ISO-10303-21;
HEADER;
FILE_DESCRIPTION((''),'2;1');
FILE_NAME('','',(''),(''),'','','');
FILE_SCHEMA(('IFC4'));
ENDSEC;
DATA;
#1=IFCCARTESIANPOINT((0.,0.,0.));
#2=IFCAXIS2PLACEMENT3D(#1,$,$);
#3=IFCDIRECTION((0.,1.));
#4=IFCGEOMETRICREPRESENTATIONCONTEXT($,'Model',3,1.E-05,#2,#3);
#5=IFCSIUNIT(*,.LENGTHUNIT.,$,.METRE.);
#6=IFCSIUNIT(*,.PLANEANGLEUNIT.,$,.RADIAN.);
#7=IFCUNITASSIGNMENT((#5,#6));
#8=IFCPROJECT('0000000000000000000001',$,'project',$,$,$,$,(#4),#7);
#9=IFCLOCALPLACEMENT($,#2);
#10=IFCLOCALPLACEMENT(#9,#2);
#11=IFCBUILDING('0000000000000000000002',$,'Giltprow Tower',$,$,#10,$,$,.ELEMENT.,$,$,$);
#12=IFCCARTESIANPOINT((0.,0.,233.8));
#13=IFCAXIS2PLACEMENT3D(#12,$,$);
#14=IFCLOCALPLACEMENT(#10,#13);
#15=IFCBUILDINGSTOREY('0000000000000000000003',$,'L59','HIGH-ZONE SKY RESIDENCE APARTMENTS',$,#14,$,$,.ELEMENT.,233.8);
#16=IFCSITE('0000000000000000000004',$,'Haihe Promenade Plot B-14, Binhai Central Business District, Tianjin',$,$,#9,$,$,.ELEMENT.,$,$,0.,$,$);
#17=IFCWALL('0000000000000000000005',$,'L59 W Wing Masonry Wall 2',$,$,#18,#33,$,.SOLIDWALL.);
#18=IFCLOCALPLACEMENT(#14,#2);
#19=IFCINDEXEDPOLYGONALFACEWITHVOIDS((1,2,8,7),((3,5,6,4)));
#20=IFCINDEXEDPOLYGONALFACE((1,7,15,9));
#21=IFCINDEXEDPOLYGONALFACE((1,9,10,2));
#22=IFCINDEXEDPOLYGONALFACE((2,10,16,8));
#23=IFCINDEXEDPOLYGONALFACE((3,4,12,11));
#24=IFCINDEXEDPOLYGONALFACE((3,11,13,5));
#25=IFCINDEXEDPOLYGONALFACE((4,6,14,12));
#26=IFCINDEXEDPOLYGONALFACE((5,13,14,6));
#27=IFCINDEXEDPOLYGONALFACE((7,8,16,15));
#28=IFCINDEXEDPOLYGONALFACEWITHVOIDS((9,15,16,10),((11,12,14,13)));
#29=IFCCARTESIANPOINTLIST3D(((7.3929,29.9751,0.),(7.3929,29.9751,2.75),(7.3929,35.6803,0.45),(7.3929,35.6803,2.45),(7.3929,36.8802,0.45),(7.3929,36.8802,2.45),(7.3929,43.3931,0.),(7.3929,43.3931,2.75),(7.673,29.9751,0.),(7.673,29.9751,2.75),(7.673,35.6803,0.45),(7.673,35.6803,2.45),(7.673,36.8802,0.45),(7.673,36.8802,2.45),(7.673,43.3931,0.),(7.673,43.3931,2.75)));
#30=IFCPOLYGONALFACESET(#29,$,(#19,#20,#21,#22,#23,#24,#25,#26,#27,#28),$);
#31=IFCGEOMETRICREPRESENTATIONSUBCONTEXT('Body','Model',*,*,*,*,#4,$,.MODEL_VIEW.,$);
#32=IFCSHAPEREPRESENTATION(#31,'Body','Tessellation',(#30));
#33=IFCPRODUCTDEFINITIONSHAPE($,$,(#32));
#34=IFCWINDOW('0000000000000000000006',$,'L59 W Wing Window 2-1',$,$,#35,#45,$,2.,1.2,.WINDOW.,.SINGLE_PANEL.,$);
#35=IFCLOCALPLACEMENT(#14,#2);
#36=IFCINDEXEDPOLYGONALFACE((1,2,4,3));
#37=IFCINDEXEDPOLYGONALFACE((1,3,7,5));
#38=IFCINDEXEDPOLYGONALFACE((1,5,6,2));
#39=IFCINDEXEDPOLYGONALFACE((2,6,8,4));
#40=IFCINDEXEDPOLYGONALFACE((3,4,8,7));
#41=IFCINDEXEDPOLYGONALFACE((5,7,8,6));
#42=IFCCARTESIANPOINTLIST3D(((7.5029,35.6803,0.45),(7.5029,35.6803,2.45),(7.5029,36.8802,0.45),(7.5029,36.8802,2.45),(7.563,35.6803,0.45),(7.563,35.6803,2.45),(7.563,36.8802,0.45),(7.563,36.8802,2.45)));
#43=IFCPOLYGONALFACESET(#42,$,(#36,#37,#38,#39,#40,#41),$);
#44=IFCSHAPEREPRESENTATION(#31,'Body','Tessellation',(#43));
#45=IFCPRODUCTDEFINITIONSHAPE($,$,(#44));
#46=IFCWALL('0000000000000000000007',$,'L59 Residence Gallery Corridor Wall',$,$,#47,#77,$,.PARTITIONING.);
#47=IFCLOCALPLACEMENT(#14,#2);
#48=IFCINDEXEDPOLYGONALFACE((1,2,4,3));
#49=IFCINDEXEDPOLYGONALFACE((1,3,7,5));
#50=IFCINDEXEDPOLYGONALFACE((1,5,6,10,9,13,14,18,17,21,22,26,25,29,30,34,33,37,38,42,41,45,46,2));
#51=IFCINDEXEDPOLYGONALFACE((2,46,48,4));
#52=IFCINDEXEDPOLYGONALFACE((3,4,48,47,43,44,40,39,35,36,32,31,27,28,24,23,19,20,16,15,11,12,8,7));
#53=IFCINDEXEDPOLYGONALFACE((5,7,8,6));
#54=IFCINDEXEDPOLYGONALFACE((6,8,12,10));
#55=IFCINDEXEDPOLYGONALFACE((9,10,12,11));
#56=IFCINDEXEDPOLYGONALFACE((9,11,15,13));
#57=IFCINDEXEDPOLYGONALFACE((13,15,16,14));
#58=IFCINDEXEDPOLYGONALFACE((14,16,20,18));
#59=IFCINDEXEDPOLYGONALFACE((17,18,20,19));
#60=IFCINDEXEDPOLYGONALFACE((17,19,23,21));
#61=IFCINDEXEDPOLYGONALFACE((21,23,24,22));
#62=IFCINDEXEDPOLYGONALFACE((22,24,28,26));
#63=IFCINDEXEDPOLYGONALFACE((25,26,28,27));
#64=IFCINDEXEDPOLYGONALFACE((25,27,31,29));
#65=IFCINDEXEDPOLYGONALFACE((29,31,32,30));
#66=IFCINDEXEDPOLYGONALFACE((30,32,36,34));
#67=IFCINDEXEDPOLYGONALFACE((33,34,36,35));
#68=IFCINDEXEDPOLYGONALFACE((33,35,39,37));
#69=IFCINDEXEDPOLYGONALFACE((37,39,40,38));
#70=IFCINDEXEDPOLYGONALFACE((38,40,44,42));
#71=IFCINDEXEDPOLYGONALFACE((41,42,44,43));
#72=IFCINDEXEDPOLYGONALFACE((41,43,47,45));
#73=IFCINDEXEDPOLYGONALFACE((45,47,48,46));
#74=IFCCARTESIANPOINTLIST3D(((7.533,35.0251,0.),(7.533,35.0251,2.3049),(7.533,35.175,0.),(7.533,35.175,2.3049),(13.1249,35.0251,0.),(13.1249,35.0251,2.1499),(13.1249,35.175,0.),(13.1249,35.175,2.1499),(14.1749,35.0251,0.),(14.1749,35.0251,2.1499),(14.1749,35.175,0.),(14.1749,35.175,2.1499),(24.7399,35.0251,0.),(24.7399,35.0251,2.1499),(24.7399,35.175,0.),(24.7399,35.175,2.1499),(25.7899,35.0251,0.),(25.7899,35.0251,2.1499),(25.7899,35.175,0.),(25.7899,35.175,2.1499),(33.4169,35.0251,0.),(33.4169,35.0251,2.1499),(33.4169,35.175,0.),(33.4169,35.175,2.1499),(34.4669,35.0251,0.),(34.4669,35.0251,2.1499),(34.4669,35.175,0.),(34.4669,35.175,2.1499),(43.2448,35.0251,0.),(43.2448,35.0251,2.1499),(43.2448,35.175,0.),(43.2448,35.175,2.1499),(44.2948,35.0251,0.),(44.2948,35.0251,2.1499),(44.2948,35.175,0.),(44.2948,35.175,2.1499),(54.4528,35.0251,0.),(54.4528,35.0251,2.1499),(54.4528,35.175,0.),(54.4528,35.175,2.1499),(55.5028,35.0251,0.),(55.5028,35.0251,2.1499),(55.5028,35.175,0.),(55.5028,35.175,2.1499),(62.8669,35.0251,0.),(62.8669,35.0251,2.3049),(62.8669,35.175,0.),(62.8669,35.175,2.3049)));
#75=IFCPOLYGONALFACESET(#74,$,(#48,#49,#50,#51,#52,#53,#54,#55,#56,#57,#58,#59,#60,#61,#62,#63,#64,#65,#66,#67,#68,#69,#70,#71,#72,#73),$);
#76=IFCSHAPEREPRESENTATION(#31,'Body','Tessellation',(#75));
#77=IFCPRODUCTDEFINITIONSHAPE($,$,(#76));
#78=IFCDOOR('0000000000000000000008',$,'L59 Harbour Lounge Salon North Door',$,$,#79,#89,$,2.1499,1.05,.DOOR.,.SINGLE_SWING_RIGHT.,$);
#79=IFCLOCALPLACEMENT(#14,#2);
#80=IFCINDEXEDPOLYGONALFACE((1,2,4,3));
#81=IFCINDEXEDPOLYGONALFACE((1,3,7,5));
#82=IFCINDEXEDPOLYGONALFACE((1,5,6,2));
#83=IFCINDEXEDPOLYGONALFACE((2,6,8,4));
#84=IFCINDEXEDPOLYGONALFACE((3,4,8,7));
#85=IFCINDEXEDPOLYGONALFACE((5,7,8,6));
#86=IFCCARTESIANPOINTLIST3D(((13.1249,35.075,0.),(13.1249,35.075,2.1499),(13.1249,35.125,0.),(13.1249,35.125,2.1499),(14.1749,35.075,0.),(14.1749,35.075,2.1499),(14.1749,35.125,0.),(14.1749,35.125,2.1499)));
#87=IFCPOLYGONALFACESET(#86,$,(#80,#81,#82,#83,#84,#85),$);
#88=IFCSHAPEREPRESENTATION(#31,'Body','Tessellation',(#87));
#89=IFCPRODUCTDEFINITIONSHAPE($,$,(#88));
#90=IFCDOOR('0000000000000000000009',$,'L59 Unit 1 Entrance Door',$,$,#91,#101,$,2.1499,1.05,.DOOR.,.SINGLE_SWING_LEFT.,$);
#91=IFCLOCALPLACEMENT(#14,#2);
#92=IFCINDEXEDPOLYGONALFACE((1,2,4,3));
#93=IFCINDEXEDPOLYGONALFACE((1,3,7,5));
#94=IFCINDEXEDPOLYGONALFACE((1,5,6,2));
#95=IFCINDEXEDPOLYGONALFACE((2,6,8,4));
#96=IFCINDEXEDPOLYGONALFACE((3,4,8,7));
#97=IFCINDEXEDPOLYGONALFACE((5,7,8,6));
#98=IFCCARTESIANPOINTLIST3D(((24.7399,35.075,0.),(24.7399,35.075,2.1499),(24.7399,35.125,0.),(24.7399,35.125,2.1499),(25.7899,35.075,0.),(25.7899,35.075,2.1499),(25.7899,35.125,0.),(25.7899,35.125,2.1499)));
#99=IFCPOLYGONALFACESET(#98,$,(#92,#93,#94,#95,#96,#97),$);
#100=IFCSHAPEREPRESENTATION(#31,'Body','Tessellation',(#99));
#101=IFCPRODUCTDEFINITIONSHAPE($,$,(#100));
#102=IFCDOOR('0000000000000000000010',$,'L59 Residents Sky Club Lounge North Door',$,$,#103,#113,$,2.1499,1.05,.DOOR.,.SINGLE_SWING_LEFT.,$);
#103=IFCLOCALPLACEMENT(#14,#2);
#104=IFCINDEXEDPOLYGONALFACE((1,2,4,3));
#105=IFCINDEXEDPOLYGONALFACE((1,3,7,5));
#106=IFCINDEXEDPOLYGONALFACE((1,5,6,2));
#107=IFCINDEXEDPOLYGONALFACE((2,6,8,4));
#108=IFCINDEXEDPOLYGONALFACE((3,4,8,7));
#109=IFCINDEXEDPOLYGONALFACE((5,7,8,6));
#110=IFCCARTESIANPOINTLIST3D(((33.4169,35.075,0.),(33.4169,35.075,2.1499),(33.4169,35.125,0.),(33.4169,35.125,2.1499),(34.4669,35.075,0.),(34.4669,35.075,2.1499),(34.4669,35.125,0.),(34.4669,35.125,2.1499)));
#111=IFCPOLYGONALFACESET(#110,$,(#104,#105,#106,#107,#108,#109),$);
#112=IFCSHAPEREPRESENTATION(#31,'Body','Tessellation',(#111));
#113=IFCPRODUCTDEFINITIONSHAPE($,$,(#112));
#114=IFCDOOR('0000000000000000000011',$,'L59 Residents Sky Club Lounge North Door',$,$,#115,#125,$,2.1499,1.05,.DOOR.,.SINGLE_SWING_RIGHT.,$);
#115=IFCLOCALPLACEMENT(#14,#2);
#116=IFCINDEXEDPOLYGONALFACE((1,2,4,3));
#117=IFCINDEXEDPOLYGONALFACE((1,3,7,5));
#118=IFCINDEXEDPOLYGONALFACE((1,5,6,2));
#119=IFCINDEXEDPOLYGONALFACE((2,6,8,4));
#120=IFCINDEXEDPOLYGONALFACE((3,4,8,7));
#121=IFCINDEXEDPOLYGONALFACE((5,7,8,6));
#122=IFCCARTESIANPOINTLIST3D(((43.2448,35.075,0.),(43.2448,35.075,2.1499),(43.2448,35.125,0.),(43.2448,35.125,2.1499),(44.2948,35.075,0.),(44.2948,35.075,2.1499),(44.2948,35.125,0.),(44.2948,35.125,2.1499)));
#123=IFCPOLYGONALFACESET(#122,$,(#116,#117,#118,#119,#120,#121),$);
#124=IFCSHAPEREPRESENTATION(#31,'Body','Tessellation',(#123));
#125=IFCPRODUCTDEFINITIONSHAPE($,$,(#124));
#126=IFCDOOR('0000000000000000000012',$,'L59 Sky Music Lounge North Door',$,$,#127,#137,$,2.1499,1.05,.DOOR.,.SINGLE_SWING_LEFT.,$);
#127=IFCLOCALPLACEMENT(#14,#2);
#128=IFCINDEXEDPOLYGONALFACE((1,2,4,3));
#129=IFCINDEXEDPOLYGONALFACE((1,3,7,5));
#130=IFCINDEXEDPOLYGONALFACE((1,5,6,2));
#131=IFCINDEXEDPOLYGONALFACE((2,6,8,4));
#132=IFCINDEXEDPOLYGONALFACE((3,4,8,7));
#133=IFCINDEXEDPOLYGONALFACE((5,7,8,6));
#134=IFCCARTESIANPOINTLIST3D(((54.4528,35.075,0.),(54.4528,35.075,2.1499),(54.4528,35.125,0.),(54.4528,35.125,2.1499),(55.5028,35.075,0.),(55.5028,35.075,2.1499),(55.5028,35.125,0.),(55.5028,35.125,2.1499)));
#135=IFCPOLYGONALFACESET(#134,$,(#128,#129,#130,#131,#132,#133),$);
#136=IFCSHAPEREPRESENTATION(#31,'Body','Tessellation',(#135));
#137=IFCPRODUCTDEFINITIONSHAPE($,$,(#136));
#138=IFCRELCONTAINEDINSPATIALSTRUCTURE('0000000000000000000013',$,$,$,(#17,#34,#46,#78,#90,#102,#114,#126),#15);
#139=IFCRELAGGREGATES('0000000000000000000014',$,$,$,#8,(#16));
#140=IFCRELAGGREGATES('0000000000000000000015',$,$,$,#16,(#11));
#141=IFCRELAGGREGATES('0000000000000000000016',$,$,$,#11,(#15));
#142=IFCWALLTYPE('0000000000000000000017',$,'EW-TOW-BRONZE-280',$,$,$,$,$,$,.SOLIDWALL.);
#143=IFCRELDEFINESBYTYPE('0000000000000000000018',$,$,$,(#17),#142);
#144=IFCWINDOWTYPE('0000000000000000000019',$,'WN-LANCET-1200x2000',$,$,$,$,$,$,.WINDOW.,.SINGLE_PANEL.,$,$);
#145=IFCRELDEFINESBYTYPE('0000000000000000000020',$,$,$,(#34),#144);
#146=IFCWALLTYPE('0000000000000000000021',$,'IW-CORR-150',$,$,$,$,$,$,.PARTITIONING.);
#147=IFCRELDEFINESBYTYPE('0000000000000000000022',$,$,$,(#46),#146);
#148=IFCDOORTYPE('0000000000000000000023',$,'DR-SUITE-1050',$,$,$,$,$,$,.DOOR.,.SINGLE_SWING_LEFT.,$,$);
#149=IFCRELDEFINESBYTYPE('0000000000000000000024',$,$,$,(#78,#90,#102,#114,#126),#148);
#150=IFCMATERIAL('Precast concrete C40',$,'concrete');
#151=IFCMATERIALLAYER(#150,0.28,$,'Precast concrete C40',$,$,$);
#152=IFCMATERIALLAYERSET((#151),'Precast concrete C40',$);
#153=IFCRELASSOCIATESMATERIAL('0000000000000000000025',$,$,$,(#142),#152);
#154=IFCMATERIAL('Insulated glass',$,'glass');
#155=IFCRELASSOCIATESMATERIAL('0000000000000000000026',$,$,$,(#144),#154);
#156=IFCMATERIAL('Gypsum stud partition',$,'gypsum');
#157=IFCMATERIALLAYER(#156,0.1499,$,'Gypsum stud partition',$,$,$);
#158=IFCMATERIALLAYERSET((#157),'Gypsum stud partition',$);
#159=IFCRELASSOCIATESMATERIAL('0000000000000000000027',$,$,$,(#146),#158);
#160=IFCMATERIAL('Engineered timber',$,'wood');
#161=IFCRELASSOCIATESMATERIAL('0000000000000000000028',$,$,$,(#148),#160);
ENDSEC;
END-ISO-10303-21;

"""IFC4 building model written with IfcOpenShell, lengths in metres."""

from ifc_helpers import new_model, si_unit, direction, frame, frame_2d, origin, place, context, subcontext, project, spatial, rectangle, extrude, source, transform, mapped, material, layer, layer_set, type_object, element, fill, save


model = new_model("IFC4")

# Units and contexts
model_context = context("Model", 3, precision=1e-05, world=origin(), true_north=direction((0.0, 1.0)))
body_context = subcontext(model_context, "Body", "Model", "MODEL_VIEW")
ifc_project = project(units=[si_unit("LENGTHUNIT", "METRE"), si_unit("PLANEANGLEUNIT", "RADIAN")], contexts=[model_context])

# Site, building, storey
site_placement = place(None, origin())
site = spatial("IfcSite", under=ifc_project, at=site_placement, Name="Haihe Promenade Plot B-14, Binhai Central Business District, Tianjin", CompositionType="ELEMENT", RefElevation=0.0)
building_placement = place(site_placement, origin())
building = spatial("IfcBuilding", under=site, at=building_placement, Name="Giltprow Tower", CompositionType="ELEMENT")
storey_placement = place(building_placement, frame((0.0, 0.0, 233.8)))
storey = spatial("IfcBuildingStorey", under=building, at=storey_placement, Name="L59", Description="HIGH-ZONE SKY RESIDENCE APARTMENTS", CompositionType="ELEMENT", Elevation=233.8)

# Wall, opening, window
ifc_material_1 = material(Name="Precast concrete C40", Category="concrete")
ifc_layer_1 = layer(ifc_material_1, 0.28, Name="Precast concrete C40")
ifc_layer_set_1 = layer_set([ifc_layer_1], Name="Precast concrete C40")
wall_type_1 = type_object("IfcWallType", Name="EW-TOW-BRONZE-280", PredefinedType="SOLIDWALL", material=ifc_layer_set_1)
wall_1_placement = place(storey_placement, frame((7.533, 29.9751, 0.0), z_axis=(0.0, 0.0, 1.0), x_axis=(0.0, 1.0, 0.0)))
wall_1 = element("IfcWall", 1, at=wall_1_placement, inside=storey, type_object=wall_type_1, Name="L59 W Wing Masonry Wall 2", PredefinedType="SOLIDWALL", context=body_context, shape_type="SweptSolid", body=[
    extrude(rectangle(XDim=13.418, YDim=0.28, at=frame_2d((6.709, 0.0))), origin(), (0.0, 0.0, 1.0), 2.75),
])
opening_1_placement = place(wall_1_placement, frame((5.7051, 0.0, 0.45)))
opening_1 = element("IfcOpeningElement", 2, at=opening_1_placement, cuts=wall_1, PredefinedType="OPENING", context=body_context, shape_type="SweptSolid", body=[
    extrude(rectangle(XDim=1.2, YDim=2.0, at=frame_2d((0.6001, 1.0))), frame((0.0, 0.1499, 0.0), z_axis=(0.0, -1.0, 0.0), x_axis=(1.0, 0.0, 0.0)), (0.0, 0.0, 1.0), 0.3),
])
ifc_material_2 = material(Name="Insulated glass", Category="glass")
window_type = type_object("IfcWindowType", Name="WN-LANCET-1200x2000", PartitioningType="SINGLE_PANEL", PredefinedType="WINDOW", material=ifc_material_2)
shared_shape_1 = source(origin(), body_context, "Body", "SweptSolid", [
    extrude(rectangle(XDim=1.2, YDim=2.0, at=frame_2d((0.6001, 1.0))), frame((0.0, 0.03, 0.0), z_axis=(0.0, -1.0, 0.0), x_axis=(1.0, 0.0, 0.0)), (0.0, 0.0, 1.0), 0.0601),
])
window_placement = place(opening_1_placement, origin())
window = element("IfcWindow", 3, at=window_placement, inside=storey, type_object=window_type, Name="L59 W Wing Window 2-1", OverallHeight=2.0, OverallWidth=1.2, PartitioningType="SINGLE_PANEL", PredefinedType="WINDOW", context=body_context, shape_type="MappedRepresentation", body=[
    mapped(shared_shape_1, transform((0.0, 0.0, 0.0), x_axis=(1.0, 0.0, 0.0), y_axis=(0.0, 1.0, 0.0), z_axis=(0.0, 0.0, 1.0), scale=1.0)),
])
fill(opening_1, window)

# Wall, openings, doors
ifc_material_3 = material(Name="Gypsum stud partition", Category="gypsum")
ifc_layer_2 = layer(ifc_material_3, 0.1499, Name="Gypsum stud partition")
ifc_layer_set_2 = layer_set([ifc_layer_2], Name="Gypsum stud partition")
wall_type_2 = type_object("IfcWallType", Name="IW-CORR-150", PredefinedType="PARTITIONING", material=ifc_layer_set_2)
wall_2_placement = place(storey_placement, frame((7.533, 35.1001, 0.0), z_axis=(0.0, 0.0, 1.0), x_axis=(1.0, 0.0, 0.0)))
wall_2 = element("IfcWall", 4, at=wall_2_placement, inside=storey, type_object=wall_type_2, Name="L59 Residence Gallery Corridor Wall", PredefinedType="PARTITIONING", context=body_context, shape_type="SweptSolid", body=[
    extrude(rectangle(XDim=55.334, YDim=0.1499, at=frame_2d((27.667, 0.0))), origin(), (0.0, 0.0, 1.0), 2.3049),
])
opening_2_placement = place(wall_2_placement, frame((5.592, 0.0, 0.0)))
opening_2 = element("IfcOpeningElement", 5, at=opening_2_placement, cuts=wall_2, PredefinedType="OPENING", context=body_context, shape_type="SweptSolid", body=[
    extrude(rectangle(XDim=1.05, YDim=2.1499, at=frame_2d((0.5249, 1.075))), frame((0.0, 0.085, 0.0), z_axis=(0.0, -1.0, 0.0), x_axis=(1.0, 0.0, 0.0)), (0.0, 0.0, 1.0), 0.1699),
])
opening_3_placement = place(wall_2_placement, frame((17.207, 0.0, 0.0)))
opening_3 = element("IfcOpeningElement", 6, at=opening_3_placement, cuts=wall_2, PredefinedType="OPENING", context=body_context, shape_type="SweptSolid", body=[
    extrude(rectangle(XDim=1.05, YDim=2.1499, at=frame_2d((0.5249, 1.075))), frame((0.0, 0.085, 0.0), z_axis=(0.0, -1.0, 0.0), x_axis=(1.0, 0.0, 0.0)), (0.0, 0.0, 1.0), 0.1699),
])
opening_4_placement = place(wall_2_placement, frame((25.884, 0.0, 0.0)))
opening_4 = element("IfcOpeningElement", 7, at=opening_4_placement, cuts=wall_2, PredefinedType="OPENING", context=body_context, shape_type="SweptSolid", body=[
    extrude(rectangle(XDim=1.05, YDim=2.1499, at=frame_2d((0.5249, 1.075))), frame((0.0, 0.085, 0.0), z_axis=(0.0, -1.0, 0.0), x_axis=(1.0, 0.0, 0.0)), (0.0, 0.0, 1.0), 0.1699),
])
opening_5_placement = place(wall_2_placement, frame((35.7119, 0.0, 0.0)))
opening_5 = element("IfcOpeningElement", 8, at=opening_5_placement, cuts=wall_2, PredefinedType="OPENING", context=body_context, shape_type="SweptSolid", body=[
    extrude(rectangle(XDim=1.05, YDim=2.1499, at=frame_2d((0.5249, 1.075))), frame((0.0, 0.085, 0.0), z_axis=(0.0, -1.0, 0.0), x_axis=(1.0, 0.0, 0.0)), (0.0, 0.0, 1.0), 0.1699),
])
opening_6_placement = place(wall_2_placement, frame((46.9199, 0.0, 0.0)))
opening_6 = element("IfcOpeningElement", 9, at=opening_6_placement, cuts=wall_2, PredefinedType="OPENING", context=body_context, shape_type="SweptSolid", body=[
    extrude(rectangle(XDim=1.05, YDim=2.1499, at=frame_2d((0.5249, 1.075))), frame((0.0, 0.085, 0.0), z_axis=(0.0, -1.0, 0.0), x_axis=(1.0, 0.0, 0.0)), (0.0, 0.0, 1.0), 0.1699),
])
ifc_material_4 = material(Name="Engineered timber", Category="wood")
door_type_1 = type_object("IfcDoorType", Name="DR-SUITE-1050", OperationType="SINGLE_SWING_LEFT", PredefinedType="DOOR", material=ifc_material_4)
shared_shape_2 = source(origin(), body_context, "Body", "SweptSolid", [
    extrude(rectangle(XDim=1.05, YDim=2.1499, at=frame_2d((0.5249, 1.075))), frame((0.0, 0.0249, 0.0), z_axis=(0.0, -1.0, 0.0), x_axis=(1.0, 0.0, 0.0)), (0.0, 0.0, 1.0), 0.05),
])
door_1_placement = place(opening_2_placement, origin())
door_1 = element("IfcDoor", 10, at=door_1_placement, inside=storey, type_object=door_type_1, Name="L59 Harbour Lounge Salon North Door", OperationType="SINGLE_SWING_RIGHT", OverallHeight=2.1499, OverallWidth=1.05, PredefinedType="DOOR", context=body_context, shape_type="MappedRepresentation", body=[
    mapped(shared_shape_2, transform((0.0, 0.0, 0.0), x_axis=(1.0, 0.0, 0.0), y_axis=(0.0, 1.0, 0.0), z_axis=(0.0, 0.0, 1.0), scale=1.0)),
])
fill(opening_2, door_1)
door_2_placement = place(opening_3_placement, origin())
door_2 = element("IfcDoor", 11, at=door_2_placement, inside=storey, type_object=door_type_1, Name="L59 Unit 1 Entrance Door", OperationType="SINGLE_SWING_LEFT", OverallHeight=2.1499, OverallWidth=1.05, PredefinedType="DOOR", context=body_context, shape_type="MappedRepresentation", body=[
    mapped(shared_shape_2, transform((0.0, 0.0, 0.0), x_axis=(1.0, 0.0, 0.0), y_axis=(0.0, 1.0, 0.0), z_axis=(0.0, 0.0, 1.0), scale=1.0)),
])
fill(opening_3, door_2)
door_3_placement = place(opening_4_placement, origin())
door_3 = element("IfcDoor", 12, at=door_3_placement, inside=storey, type_object=door_type_1, Name="L59 Residents Sky Club Lounge North Door", OperationType="SINGLE_SWING_LEFT", OverallHeight=2.1499, OverallWidth=1.05, PredefinedType="DOOR", context=body_context, shape_type="MappedRepresentation", body=[
    mapped(shared_shape_2, transform((0.0, 0.0, 0.0), x_axis=(1.0, 0.0, 0.0), y_axis=(0.0, 1.0, 0.0), z_axis=(0.0, 0.0, 1.0), scale=1.0)),
])
fill(opening_4, door_3)
door_4_placement = place(opening_5_placement, origin())
door_4 = element("IfcDoor", 13, at=door_4_placement, inside=storey, type_object=door_type_1, Name="L59 Residents Sky Club Lounge North Door", OperationType="SINGLE_SWING_RIGHT", OverallHeight=2.1499, OverallWidth=1.05, PredefinedType="DOOR", context=body_context, shape_type="MappedRepresentation", body=[
    mapped(shared_shape_2, transform((0.0, 0.0, 0.0), x_axis=(1.0, 0.0, 0.0), y_axis=(0.0, 1.0, 0.0), z_axis=(0.0, 0.0, 1.0), scale=1.0)),
])
fill(opening_5, door_4)
door_5_placement = place(opening_6_placement, origin())
door_5 = element("IfcDoor", 14, at=door_5_placement, inside=storey, type_object=door_type_1, Name="L59 Sky Music Lounge North Door", OperationType="SINGLE_SWING_LEFT", OverallHeight=2.1499, OverallWidth=1.05, PredefinedType="DOOR", context=body_context, shape_type="MappedRepresentation", body=[
    mapped(shared_shape_2, transform((0.0, 0.0, 0.0), x_axis=(1.0, 0.0, 0.0), y_axis=(0.0, 1.0, 0.0), z_axis=(0.0, 0.0, 1.0), scale=1.0)),
])
fill(opening_6, door_5)

save(model, "model.ifc")
